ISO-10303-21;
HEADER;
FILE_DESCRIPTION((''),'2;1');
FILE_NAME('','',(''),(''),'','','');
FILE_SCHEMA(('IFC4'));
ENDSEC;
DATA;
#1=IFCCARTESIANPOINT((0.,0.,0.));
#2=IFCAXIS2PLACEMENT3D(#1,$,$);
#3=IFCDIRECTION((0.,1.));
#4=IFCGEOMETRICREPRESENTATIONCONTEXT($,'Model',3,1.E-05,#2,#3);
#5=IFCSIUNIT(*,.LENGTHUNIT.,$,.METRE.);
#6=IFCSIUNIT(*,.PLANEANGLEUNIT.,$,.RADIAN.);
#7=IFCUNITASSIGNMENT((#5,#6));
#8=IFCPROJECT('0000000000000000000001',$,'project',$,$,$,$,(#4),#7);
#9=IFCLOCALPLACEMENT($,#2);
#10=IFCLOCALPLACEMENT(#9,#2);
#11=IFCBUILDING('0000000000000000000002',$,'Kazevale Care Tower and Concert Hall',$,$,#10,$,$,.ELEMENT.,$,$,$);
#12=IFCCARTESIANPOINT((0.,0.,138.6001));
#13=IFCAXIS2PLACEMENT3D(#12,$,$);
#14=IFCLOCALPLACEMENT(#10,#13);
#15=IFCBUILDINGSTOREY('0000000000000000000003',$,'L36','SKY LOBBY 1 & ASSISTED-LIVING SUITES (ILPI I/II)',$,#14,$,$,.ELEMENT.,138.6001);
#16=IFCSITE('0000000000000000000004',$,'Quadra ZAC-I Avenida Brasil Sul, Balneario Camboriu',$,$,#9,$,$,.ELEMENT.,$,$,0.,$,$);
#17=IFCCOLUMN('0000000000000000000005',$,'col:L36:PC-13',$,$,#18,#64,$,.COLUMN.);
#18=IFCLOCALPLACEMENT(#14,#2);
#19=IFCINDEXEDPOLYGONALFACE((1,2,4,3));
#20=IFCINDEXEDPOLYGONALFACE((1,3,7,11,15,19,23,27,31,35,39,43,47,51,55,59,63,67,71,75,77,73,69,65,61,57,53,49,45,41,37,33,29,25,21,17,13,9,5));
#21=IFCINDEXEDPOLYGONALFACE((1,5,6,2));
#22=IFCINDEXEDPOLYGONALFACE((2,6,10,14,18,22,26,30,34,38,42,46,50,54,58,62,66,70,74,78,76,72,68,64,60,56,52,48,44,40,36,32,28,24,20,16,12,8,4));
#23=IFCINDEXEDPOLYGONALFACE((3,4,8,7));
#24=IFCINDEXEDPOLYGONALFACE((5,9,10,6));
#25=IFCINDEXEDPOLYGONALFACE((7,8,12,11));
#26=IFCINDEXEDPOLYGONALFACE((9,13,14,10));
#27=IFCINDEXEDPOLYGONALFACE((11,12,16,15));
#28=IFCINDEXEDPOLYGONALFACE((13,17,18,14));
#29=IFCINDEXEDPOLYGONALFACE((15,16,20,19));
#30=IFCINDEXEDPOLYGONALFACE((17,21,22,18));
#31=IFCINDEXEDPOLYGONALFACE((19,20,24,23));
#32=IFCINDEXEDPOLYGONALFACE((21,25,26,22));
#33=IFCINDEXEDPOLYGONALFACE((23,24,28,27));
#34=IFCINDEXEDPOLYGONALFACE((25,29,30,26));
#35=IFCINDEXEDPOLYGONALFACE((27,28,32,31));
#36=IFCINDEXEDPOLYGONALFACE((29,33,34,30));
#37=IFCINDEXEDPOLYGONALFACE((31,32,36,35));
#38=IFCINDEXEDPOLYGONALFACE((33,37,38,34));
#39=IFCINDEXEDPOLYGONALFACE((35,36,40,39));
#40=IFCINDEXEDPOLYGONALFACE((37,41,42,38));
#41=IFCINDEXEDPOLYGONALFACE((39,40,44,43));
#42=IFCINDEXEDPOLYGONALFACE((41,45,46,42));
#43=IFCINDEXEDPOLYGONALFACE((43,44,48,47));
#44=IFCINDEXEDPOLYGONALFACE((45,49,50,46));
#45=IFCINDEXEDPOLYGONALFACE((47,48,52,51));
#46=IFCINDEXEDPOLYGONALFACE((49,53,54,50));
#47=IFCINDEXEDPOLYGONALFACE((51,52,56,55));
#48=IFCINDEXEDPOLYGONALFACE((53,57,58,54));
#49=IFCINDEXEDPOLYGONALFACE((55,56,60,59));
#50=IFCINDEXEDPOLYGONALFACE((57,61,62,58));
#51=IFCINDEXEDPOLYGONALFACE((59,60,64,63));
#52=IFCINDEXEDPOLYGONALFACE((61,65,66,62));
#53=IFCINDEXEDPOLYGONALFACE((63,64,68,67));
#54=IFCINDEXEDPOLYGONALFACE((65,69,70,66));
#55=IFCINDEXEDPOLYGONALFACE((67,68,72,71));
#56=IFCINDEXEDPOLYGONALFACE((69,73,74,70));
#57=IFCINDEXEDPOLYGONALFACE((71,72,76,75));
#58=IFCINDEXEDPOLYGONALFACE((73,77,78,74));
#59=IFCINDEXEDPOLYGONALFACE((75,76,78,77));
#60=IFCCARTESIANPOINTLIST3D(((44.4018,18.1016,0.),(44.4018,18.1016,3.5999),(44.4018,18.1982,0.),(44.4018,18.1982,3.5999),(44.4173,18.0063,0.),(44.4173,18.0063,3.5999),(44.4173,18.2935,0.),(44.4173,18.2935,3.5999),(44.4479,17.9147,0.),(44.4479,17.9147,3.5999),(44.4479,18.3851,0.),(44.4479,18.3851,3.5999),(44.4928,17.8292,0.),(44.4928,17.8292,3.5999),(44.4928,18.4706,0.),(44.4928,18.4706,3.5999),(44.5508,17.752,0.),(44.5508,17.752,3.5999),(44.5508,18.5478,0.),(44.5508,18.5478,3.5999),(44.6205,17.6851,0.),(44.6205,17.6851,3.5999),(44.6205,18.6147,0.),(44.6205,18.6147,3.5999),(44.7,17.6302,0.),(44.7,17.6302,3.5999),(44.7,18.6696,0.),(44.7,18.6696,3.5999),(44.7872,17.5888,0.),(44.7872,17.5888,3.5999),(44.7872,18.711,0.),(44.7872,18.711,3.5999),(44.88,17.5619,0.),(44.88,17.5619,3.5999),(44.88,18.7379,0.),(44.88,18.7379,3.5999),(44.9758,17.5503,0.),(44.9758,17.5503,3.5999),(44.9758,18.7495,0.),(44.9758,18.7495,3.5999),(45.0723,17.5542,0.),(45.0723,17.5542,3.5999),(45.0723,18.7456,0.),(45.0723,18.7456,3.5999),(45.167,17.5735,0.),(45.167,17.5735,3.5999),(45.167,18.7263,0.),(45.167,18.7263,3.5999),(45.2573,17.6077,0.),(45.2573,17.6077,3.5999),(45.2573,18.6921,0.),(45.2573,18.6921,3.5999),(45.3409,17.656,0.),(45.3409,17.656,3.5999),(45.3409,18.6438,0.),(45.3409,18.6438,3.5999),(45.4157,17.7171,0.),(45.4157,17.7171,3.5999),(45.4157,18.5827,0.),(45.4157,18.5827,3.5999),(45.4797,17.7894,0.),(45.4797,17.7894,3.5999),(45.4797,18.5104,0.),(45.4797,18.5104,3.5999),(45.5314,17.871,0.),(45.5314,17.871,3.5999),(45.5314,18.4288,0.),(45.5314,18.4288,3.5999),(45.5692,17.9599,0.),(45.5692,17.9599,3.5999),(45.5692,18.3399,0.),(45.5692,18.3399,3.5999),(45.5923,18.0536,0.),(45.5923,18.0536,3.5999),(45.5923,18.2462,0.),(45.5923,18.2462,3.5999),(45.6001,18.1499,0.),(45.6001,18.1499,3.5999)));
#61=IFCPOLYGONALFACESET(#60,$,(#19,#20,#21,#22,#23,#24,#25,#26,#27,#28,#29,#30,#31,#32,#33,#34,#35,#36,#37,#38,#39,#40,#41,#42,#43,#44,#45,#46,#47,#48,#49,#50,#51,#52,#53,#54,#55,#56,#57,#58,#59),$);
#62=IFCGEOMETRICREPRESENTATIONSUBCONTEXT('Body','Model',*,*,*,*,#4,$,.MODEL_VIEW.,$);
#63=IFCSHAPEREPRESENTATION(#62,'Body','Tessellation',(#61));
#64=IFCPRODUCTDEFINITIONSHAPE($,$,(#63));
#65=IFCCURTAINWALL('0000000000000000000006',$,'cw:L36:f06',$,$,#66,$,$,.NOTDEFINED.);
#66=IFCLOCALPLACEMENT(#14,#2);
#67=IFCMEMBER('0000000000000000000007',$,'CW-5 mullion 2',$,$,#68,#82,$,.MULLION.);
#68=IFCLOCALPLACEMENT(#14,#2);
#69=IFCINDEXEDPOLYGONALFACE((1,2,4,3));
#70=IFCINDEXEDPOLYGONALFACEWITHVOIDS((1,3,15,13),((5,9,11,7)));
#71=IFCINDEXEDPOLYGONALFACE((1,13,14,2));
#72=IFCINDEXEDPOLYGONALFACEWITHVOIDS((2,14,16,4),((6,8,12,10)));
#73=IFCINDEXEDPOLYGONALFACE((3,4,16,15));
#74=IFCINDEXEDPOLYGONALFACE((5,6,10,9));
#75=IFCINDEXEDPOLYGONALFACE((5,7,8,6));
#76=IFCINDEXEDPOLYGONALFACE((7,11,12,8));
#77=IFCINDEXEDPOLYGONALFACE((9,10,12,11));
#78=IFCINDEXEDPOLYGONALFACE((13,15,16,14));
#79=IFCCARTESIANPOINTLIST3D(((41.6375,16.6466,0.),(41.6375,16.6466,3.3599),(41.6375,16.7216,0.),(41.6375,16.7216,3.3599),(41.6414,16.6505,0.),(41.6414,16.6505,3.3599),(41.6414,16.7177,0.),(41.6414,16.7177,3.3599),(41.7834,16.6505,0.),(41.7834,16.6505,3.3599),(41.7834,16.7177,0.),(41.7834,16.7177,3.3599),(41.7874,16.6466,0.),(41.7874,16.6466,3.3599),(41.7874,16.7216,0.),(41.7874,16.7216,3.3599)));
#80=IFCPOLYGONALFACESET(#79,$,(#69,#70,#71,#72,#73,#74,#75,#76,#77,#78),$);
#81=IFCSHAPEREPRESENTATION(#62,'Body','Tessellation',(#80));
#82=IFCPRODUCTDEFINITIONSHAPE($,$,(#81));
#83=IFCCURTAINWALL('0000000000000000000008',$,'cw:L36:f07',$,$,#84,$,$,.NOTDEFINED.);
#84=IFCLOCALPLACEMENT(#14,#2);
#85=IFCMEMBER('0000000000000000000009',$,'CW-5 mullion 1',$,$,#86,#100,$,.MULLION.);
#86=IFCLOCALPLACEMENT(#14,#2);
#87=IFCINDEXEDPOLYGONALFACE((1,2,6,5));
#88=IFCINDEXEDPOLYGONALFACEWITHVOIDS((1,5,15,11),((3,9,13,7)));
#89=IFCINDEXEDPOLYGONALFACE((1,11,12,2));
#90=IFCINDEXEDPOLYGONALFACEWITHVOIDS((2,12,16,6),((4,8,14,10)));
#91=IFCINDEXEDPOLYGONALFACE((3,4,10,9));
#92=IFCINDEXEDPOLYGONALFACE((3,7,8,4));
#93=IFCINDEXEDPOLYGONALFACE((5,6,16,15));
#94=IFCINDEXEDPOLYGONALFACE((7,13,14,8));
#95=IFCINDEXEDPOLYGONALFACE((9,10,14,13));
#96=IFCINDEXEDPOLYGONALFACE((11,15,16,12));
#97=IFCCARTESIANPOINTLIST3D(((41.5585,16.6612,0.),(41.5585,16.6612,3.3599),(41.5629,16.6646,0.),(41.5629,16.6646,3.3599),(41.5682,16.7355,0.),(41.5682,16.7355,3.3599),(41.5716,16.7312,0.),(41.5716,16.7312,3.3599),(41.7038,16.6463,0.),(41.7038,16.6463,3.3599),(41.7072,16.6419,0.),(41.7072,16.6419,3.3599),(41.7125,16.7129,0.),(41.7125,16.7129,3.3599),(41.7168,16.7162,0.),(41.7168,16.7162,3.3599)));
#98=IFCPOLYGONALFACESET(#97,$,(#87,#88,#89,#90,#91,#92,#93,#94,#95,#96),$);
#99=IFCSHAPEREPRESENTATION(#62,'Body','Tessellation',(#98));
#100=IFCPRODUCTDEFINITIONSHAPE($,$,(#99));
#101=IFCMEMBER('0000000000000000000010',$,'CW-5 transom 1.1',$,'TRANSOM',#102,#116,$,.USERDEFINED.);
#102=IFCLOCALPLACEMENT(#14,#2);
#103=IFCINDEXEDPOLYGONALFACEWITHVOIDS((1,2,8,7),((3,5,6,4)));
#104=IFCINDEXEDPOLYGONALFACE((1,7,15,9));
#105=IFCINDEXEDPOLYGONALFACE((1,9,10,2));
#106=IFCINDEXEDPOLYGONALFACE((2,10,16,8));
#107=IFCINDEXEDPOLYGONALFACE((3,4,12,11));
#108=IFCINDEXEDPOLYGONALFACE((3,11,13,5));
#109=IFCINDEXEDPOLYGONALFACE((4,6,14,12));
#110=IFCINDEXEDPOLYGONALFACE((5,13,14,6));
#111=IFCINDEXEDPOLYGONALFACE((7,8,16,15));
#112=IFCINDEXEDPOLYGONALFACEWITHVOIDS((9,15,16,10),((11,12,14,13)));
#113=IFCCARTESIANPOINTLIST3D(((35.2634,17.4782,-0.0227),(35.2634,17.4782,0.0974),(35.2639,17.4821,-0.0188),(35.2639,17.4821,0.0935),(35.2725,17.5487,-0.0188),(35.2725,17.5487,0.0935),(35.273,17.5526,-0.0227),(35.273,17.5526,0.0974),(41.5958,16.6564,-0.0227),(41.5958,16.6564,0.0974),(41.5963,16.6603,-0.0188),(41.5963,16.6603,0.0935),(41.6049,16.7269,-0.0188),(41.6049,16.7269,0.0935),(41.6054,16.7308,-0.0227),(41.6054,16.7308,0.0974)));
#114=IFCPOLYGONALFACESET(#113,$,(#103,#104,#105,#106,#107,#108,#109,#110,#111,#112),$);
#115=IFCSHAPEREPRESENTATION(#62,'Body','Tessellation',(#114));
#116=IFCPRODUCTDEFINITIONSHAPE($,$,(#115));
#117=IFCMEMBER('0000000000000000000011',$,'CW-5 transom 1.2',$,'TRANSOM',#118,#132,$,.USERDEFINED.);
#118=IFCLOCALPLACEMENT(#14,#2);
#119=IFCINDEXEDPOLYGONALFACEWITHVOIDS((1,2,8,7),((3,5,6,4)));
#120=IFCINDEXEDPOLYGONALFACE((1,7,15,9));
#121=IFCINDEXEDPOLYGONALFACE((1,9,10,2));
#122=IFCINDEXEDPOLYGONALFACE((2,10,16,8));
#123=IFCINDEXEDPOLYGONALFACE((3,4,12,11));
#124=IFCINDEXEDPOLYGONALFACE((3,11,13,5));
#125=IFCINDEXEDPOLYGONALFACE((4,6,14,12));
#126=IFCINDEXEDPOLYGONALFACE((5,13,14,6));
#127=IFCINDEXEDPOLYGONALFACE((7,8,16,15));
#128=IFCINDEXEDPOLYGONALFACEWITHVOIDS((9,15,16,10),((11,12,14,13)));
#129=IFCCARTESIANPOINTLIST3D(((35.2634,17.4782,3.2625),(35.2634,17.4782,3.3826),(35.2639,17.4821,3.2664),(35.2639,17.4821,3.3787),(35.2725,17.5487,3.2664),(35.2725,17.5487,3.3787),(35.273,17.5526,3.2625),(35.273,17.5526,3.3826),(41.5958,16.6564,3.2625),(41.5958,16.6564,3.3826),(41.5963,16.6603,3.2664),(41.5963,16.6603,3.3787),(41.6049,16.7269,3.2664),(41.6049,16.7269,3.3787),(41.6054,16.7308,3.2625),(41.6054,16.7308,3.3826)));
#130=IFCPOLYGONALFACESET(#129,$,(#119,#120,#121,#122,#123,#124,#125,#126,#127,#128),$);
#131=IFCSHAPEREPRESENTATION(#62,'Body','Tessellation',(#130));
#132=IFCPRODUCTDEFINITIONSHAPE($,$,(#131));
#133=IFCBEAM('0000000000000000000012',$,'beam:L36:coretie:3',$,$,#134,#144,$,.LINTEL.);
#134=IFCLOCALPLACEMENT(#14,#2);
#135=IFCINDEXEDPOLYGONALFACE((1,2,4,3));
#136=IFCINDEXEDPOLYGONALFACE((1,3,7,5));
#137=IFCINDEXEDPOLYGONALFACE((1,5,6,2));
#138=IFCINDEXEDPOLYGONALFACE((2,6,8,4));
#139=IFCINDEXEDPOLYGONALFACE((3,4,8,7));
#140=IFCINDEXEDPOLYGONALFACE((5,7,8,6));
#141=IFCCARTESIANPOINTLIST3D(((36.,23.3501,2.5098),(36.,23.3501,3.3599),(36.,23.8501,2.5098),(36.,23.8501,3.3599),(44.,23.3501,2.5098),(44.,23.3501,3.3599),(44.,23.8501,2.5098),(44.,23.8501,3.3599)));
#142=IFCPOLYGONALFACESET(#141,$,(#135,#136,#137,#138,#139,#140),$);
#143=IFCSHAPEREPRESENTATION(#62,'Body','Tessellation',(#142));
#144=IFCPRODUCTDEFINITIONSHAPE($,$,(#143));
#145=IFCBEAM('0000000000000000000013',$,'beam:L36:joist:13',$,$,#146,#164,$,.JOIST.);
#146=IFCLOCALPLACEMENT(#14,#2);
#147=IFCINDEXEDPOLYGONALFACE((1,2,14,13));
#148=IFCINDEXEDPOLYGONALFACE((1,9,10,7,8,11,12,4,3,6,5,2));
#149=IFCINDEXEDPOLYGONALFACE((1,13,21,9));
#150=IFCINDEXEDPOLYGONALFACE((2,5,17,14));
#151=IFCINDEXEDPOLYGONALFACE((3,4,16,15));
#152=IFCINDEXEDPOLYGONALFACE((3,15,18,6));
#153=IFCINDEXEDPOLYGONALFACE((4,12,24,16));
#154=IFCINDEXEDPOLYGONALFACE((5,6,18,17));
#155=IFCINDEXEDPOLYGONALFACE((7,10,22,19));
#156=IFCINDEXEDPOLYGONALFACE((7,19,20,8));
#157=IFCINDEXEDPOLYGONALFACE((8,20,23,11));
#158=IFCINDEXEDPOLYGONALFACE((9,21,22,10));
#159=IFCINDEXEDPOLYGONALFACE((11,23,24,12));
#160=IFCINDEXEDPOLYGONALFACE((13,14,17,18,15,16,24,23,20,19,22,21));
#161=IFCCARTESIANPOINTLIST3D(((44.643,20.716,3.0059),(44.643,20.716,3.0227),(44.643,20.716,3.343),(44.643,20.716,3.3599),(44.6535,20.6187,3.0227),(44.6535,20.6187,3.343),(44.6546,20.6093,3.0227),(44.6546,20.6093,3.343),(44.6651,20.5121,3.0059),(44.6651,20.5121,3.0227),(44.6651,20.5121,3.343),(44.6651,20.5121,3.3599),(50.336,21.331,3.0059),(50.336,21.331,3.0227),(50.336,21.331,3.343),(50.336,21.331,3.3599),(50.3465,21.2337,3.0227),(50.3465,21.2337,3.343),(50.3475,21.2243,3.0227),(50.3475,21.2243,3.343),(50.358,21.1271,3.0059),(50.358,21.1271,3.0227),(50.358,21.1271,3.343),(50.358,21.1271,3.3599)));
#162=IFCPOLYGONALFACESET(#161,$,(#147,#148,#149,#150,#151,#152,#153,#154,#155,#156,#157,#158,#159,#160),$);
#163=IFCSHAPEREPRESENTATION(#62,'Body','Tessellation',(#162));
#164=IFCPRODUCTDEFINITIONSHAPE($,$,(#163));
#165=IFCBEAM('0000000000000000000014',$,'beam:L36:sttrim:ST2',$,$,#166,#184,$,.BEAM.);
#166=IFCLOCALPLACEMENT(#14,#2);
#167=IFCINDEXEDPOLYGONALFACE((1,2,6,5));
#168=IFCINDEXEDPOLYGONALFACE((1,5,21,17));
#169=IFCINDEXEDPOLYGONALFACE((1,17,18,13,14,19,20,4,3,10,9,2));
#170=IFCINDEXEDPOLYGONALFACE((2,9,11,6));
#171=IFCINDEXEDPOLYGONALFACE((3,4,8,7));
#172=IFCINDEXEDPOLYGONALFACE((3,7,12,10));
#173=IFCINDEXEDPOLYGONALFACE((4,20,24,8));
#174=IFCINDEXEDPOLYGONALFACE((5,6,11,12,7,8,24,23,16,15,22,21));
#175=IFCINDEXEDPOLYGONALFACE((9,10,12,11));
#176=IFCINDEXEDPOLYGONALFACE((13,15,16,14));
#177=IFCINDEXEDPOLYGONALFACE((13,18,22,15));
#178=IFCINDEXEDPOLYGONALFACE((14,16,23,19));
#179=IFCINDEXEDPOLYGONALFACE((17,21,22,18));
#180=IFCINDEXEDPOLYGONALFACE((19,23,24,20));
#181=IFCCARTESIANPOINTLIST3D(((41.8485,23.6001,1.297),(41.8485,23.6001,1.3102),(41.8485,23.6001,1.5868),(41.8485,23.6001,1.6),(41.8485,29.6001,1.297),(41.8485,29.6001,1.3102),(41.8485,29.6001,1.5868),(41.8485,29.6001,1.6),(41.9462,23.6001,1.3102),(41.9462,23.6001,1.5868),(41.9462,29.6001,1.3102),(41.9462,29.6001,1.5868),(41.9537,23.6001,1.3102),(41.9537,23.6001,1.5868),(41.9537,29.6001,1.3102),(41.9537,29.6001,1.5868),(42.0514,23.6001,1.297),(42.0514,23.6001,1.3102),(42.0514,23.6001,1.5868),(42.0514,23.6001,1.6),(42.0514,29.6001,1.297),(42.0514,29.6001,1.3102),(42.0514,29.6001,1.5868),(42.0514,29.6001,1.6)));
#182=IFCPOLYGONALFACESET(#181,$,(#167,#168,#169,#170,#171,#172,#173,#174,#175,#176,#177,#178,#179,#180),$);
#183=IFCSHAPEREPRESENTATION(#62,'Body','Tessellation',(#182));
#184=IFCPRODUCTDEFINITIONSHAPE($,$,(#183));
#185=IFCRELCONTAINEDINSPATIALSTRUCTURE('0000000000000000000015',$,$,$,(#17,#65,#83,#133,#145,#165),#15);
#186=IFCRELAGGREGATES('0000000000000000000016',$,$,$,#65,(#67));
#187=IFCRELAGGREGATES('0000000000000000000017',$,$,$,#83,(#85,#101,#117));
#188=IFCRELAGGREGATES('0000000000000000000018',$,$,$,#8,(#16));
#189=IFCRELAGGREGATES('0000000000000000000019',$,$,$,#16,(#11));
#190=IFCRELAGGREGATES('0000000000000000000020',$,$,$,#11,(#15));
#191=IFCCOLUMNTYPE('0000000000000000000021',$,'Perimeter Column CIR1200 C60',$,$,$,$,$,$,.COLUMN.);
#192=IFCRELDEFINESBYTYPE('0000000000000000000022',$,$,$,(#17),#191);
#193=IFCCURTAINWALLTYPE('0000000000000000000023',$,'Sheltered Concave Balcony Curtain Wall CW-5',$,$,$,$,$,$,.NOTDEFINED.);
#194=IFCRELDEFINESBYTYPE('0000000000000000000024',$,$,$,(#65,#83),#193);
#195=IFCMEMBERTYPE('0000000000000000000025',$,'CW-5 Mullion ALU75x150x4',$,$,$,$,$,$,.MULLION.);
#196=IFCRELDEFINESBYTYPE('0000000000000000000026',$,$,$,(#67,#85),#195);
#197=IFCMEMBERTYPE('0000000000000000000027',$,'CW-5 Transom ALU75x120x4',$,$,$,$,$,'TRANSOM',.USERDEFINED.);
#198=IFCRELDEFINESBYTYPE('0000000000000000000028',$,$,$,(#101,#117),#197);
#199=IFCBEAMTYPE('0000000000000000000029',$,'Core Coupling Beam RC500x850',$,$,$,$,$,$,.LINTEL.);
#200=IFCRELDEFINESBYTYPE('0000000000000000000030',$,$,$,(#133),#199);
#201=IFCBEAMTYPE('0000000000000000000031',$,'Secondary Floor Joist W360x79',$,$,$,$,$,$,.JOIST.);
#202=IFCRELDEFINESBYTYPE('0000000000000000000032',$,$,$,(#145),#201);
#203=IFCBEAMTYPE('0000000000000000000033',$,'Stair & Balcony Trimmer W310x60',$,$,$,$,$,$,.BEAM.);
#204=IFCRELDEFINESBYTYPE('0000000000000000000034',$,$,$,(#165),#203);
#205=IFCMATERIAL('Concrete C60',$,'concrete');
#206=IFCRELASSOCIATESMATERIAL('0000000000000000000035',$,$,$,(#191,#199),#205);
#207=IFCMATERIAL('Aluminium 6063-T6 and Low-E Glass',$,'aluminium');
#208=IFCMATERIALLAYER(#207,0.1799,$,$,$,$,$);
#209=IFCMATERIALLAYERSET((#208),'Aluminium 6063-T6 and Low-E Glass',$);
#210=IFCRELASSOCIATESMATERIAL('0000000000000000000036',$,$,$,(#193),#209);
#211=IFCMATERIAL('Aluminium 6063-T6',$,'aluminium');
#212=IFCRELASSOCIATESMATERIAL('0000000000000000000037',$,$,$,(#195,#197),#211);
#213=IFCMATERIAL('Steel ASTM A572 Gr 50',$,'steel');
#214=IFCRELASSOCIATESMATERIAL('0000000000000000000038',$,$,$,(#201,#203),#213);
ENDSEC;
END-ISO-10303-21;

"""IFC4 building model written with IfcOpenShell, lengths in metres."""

from ifc_helpers import new_model, si_unit, direction, frame, origin, origin_2d, place, context, subcontext, project, spatial, rectangle, hollow_rectangle, circle, i_section, extrude, material, layer, layer_set, material_profile, profile_set, type_object, element, aggregate, save


model = new_model("IFC4")

# Units and contexts
model_context = context("Model", 3, precision=1e-05, world=origin(), true_north=direction((0.0, 1.0)))
body_context = subcontext(model_context, "Body", "Model", "MODEL_VIEW")
ifc_project = project(units=[si_unit("LENGTHUNIT", "METRE"), si_unit("PLANEANGLEUNIT", "RADIAN")], contexts=[model_context])

# Site, building, storey
site_placement = place(None, origin())
site = spatial("IfcSite", under=ifc_project, at=site_placement, Name="Quadra ZAC-I Avenida Brasil Sul, Balneario Camboriu", CompositionType="ELEMENT", RefElevation=0.0)
building_placement = place(site_placement, origin())
building = spatial("IfcBuilding", under=site, at=building_placement, Name="Kazevale Care Tower and Concert Hall", CompositionType="ELEMENT")
storey_placement = place(building_placement, frame((0.0, 0.0, 138.6001)))
storey = spatial("IfcBuildingStorey", under=building, at=storey_placement, Name="L36", Description="SKY LOBBY 1 & ASSISTED-LIVING SUITES (ILPI I/II)", CompositionType="ELEMENT", Elevation=138.6001)

# Column
ifc_material_1 = material(Name="Concrete C60", Category="concrete")
ifc_material_profile_1 = material_profile(ifc_material_1, circle(Radius=0.6001, at=origin_2d()), Name="RC-CIR1200")
ifc_profile_set_1 = profile_set([ifc_material_profile_1], Name="Concrete C60")
column_type = type_object("IfcColumnType", Name="Perimeter Column CIR1200 C60", PredefinedType="COLUMN", material=ifc_profile_set_1)
column_placement = place(storey_placement, frame((45.0, 18.1499, 0.0), z_axis=(0.0, 0.0, 1.0), x_axis=(1.0, 0.0, 0.0)))
element("IfcColumn", 1, at=column_placement, inside=storey, type_object=column_type, Name="col:L36:PC-13", PredefinedType="COLUMN", context=body_context, shape_type="SweptSolid", body=[
    extrude(circle(Radius=0.6001, at=origin_2d()), origin(), (0.0, 0.0, 1.0), 3.5999),
])

# Curtain wall, member
ifc_material_2 = material(Name="Aluminium 6063-T6 and Low-E Glass", Category="aluminium")
ifc_layer_1 = layer(ifc_material_2, 0.1799)
ifc_layer_set_1 = layer_set([ifc_layer_1], Name="Aluminium 6063-T6 and Low-E Glass")
curtain_wall_type = type_object("IfcCurtainWallType", Name="Sheltered Concave Balcony Curtain Wall CW-5", PredefinedType="NOTDEFINED", material=ifc_layer_set_1)
curtain_wall_1_placement = place(storey_placement, origin())
curtain_wall_1 = element("IfcCurtainWall", 2, at=curtain_wall_1_placement, inside=storey, type_object=curtain_wall_type, Name="cw:L36:f06", PredefinedType="NOTDEFINED")
ifc_material_3 = material(Name="Aluminium 6063-T6", Category="aluminium")
ifc_material_profile_2 = material_profile(ifc_material_3, hollow_rectangle(XDim=0.075, YDim=0.1499, WallThickness=0.0039, at=origin_2d()), Name="ALU75x150x4")
ifc_profile_set_2 = profile_set([ifc_material_profile_2], Name="Aluminium 6063-T6")
member_type_1 = type_object("IfcMemberType", Name="CW-5 Mullion ALU75x150x4", PredefinedType="MULLION", material=ifc_profile_set_2)
member_1_placement = place(storey_placement, frame((41.7124, 16.6841, 0.0), z_axis=(0.0, 0.0, 1.0), x_axis=(0.0, -1.0, 0.0)))
member_1 = element("IfcMember", 3, at=member_1_placement, type_object=member_type_1, Name="CW-5 mullion 2", PredefinedType="MULLION", context=body_context, shape_type="SweptSolid", body=[
    extrude(hollow_rectangle(XDim=0.075, YDim=0.1499, WallThickness=0.0039, at=origin_2d()), origin(), (0.0, 0.0, 1.0), 3.3599),
])

# Curtain wall, members
curtain_wall_2_placement = place(storey_placement, origin())
curtain_wall_2 = element("IfcCurtainWall", 4, at=curtain_wall_2_placement, inside=storey, type_object=curtain_wall_type, Name="cw:L36:f07", PredefinedType="NOTDEFINED")
member_2_placement = place(storey_placement, frame((41.6377, 16.6887, 0.0), z_axis=(0.0, 0.0, 1.0), x_axis=(-0.128685, -0.991686, 0.0)))
member_2 = element("IfcMember", 5, at=member_2_placement, type_object=member_type_1, Name="CW-5 mullion 1", PredefinedType="MULLION", context=body_context, shape_type="SweptSolid", body=[
    extrude(hollow_rectangle(XDim=0.075, YDim=0.1499, WallThickness=0.0039, at=origin_2d()), origin(), (0.0, 0.0, 1.0), 3.3599),
])
ifc_material_profile_3 = material_profile(ifc_material_3, hollow_rectangle(XDim=0.075, YDim=0.1201, WallThickness=0.0039, at=origin_2d()), Name="ALU75x120x4")
ifc_profile_set_3 = profile_set([ifc_material_profile_3], Name="Aluminium 6063-T6")
member_type_2 = type_object("IfcMemberType", Name="CW-5 Transom ALU75x120x4", ElementType="TRANSOM", PredefinedType="USERDEFINED", material=ifc_profile_set_3)
member_3_placement = place(storey_placement, frame((41.6006, 16.6936, 0.0374), z_axis=(-0.991684, 0.128697, 0.0), x_axis=(-0.128697, -0.991684, 0.0)))
member_3 = element("IfcMember", 6, at=member_3_placement, type_object=member_type_2, Name="CW-5 transom 1.1", ObjectType="TRANSOM", PredefinedType="USERDEFINED", context=body_context, shape_type="SweptSolid", body=[
    extrude(hollow_rectangle(XDim=0.075, YDim=0.1201, WallThickness=0.0039, at=origin_2d()), origin(), (0.0, 0.0, 1.0), 6.3855),
])
member_4_placement = place(storey_placement, frame((41.6006, 16.6936, 3.3225), z_axis=(-0.991684, 0.128697, 0.0), x_axis=(-0.128697, -0.991684, 0.0)))
member_4 = element("IfcMember", 7, at=member_4_placement, type_object=member_type_2, Name="CW-5 transom 1.2", ObjectType="TRANSOM", PredefinedType="USERDEFINED", context=body_context, shape_type="SweptSolid", body=[
    extrude(hollow_rectangle(XDim=0.075, YDim=0.1201, WallThickness=0.0039, at=origin_2d()), origin(), (0.0, 0.0, 1.0), 6.3855),
])

# Beams
ifc_material_profile_4 = material_profile(ifc_material_1, rectangle(XDim=0.5, YDim=0.8501, at=origin_2d()), Name="RC-B500x850")
ifc_profile_set_4 = profile_set([ifc_material_profile_4], Name="Concrete C60")
beam_type_1 = type_object("IfcBeamType", Name="Core Coupling Beam RC500x850", PredefinedType="LINTEL", material=ifc_profile_set_4)
beam_1_placement = place(storey_placement, frame((36.0, 23.6001, 2.9348), z_axis=(1.0, 0.0, 0.0), x_axis=(0.0, 1.0, 0.0)))
element("IfcBeam", 8, at=beam_1_placement, inside=storey, type_object=beam_type_1, Name="beam:L36:coretie:3", PredefinedType="LINTEL", context=body_context, shape_type="SweptSolid", body=[
    extrude(rectangle(XDim=0.5, YDim=0.8501, at=origin_2d()), origin(), (0.0, 0.0, 1.0), 8.0),
])
ifc_material_4 = material(Name="Steel ASTM A572 Gr 50", Category="steel")
ifc_material_profile_5 = material_profile(ifc_material_4, i_section(OverallWidth=0.2051, OverallDepth=0.354, WebThickness=0.0095, FlangeThickness=0.0168, at=origin_2d()), Name="W360x79")
ifc_profile_set_5 = profile_set([ifc_material_profile_5], Name="Steel ASTM A572 Gr 50")
beam_type_2 = type_object("IfcBeamType", Name="Secondary Floor Joist W360x79", PredefinedType="JOIST", material=ifc_profile_set_5)
beam_2_placement = place(storey_placement, frame((44.6541, 20.614, 3.1829), z_axis=(0.994216, 0.107403, 0.0), x_axis=(-0.107403, 0.994216, 0.0)))
element("IfcBeam", 9, at=beam_2_placement, inside=storey, type_object=beam_type_2, Name="beam:L36:joist:13", PredefinedType="JOIST", context=body_context, shape_type="SweptSolid", body=[
    extrude(i_section(OverallWidth=0.2051, OverallDepth=0.354, WebThickness=0.0095, FlangeThickness=0.0168, at=origin_2d()), origin(), (0.0, 0.0, 1.0), 5.7261),
])
ifc_material_profile_6 = material_profile(ifc_material_4, i_section(OverallWidth=0.2029, OverallDepth=0.303, WebThickness=0.0076, FlangeThickness=0.0132, at=origin_2d()), Name="W310x60")
ifc_profile_set_6 = profile_set([ifc_material_profile_6], Name="Steel ASTM A572 Gr 50")
beam_type_3 = type_object("IfcBeamType", Name="Stair & Balcony Trimmer W310x60", PredefinedType="BEAM", material=ifc_profile_set_6)
for number, where, z_axis, x_axis, name in (
    (10, (41.95, 23.6001, 1.4485), (0.0, 1.0, 0.0), (-1.0, 0.0, 0.0), "beam:L36:sttrim:ST2"),
):
    element("IfcBeam", number, at=place(storey_placement, frame(where, z_axis=z_axis, x_axis=x_axis)), inside=storey, type_object=beam_type_3, Name=name, PredefinedType="BEAM", context=body_context, shape_type="SweptSolid", body=[
        extrude(i_section(OverallWidth=0.2029, OverallDepth=0.303, WebThickness=0.0076, FlangeThickness=0.0132, at=origin_2d()), origin(), (0.0, 0.0, 1.0), 6.0),
    ])

aggregate(curtain_wall_1, [member_1])
aggregate(curtain_wall_2, [member_2, member_3, member_4])

save(model, "model.ifc")
